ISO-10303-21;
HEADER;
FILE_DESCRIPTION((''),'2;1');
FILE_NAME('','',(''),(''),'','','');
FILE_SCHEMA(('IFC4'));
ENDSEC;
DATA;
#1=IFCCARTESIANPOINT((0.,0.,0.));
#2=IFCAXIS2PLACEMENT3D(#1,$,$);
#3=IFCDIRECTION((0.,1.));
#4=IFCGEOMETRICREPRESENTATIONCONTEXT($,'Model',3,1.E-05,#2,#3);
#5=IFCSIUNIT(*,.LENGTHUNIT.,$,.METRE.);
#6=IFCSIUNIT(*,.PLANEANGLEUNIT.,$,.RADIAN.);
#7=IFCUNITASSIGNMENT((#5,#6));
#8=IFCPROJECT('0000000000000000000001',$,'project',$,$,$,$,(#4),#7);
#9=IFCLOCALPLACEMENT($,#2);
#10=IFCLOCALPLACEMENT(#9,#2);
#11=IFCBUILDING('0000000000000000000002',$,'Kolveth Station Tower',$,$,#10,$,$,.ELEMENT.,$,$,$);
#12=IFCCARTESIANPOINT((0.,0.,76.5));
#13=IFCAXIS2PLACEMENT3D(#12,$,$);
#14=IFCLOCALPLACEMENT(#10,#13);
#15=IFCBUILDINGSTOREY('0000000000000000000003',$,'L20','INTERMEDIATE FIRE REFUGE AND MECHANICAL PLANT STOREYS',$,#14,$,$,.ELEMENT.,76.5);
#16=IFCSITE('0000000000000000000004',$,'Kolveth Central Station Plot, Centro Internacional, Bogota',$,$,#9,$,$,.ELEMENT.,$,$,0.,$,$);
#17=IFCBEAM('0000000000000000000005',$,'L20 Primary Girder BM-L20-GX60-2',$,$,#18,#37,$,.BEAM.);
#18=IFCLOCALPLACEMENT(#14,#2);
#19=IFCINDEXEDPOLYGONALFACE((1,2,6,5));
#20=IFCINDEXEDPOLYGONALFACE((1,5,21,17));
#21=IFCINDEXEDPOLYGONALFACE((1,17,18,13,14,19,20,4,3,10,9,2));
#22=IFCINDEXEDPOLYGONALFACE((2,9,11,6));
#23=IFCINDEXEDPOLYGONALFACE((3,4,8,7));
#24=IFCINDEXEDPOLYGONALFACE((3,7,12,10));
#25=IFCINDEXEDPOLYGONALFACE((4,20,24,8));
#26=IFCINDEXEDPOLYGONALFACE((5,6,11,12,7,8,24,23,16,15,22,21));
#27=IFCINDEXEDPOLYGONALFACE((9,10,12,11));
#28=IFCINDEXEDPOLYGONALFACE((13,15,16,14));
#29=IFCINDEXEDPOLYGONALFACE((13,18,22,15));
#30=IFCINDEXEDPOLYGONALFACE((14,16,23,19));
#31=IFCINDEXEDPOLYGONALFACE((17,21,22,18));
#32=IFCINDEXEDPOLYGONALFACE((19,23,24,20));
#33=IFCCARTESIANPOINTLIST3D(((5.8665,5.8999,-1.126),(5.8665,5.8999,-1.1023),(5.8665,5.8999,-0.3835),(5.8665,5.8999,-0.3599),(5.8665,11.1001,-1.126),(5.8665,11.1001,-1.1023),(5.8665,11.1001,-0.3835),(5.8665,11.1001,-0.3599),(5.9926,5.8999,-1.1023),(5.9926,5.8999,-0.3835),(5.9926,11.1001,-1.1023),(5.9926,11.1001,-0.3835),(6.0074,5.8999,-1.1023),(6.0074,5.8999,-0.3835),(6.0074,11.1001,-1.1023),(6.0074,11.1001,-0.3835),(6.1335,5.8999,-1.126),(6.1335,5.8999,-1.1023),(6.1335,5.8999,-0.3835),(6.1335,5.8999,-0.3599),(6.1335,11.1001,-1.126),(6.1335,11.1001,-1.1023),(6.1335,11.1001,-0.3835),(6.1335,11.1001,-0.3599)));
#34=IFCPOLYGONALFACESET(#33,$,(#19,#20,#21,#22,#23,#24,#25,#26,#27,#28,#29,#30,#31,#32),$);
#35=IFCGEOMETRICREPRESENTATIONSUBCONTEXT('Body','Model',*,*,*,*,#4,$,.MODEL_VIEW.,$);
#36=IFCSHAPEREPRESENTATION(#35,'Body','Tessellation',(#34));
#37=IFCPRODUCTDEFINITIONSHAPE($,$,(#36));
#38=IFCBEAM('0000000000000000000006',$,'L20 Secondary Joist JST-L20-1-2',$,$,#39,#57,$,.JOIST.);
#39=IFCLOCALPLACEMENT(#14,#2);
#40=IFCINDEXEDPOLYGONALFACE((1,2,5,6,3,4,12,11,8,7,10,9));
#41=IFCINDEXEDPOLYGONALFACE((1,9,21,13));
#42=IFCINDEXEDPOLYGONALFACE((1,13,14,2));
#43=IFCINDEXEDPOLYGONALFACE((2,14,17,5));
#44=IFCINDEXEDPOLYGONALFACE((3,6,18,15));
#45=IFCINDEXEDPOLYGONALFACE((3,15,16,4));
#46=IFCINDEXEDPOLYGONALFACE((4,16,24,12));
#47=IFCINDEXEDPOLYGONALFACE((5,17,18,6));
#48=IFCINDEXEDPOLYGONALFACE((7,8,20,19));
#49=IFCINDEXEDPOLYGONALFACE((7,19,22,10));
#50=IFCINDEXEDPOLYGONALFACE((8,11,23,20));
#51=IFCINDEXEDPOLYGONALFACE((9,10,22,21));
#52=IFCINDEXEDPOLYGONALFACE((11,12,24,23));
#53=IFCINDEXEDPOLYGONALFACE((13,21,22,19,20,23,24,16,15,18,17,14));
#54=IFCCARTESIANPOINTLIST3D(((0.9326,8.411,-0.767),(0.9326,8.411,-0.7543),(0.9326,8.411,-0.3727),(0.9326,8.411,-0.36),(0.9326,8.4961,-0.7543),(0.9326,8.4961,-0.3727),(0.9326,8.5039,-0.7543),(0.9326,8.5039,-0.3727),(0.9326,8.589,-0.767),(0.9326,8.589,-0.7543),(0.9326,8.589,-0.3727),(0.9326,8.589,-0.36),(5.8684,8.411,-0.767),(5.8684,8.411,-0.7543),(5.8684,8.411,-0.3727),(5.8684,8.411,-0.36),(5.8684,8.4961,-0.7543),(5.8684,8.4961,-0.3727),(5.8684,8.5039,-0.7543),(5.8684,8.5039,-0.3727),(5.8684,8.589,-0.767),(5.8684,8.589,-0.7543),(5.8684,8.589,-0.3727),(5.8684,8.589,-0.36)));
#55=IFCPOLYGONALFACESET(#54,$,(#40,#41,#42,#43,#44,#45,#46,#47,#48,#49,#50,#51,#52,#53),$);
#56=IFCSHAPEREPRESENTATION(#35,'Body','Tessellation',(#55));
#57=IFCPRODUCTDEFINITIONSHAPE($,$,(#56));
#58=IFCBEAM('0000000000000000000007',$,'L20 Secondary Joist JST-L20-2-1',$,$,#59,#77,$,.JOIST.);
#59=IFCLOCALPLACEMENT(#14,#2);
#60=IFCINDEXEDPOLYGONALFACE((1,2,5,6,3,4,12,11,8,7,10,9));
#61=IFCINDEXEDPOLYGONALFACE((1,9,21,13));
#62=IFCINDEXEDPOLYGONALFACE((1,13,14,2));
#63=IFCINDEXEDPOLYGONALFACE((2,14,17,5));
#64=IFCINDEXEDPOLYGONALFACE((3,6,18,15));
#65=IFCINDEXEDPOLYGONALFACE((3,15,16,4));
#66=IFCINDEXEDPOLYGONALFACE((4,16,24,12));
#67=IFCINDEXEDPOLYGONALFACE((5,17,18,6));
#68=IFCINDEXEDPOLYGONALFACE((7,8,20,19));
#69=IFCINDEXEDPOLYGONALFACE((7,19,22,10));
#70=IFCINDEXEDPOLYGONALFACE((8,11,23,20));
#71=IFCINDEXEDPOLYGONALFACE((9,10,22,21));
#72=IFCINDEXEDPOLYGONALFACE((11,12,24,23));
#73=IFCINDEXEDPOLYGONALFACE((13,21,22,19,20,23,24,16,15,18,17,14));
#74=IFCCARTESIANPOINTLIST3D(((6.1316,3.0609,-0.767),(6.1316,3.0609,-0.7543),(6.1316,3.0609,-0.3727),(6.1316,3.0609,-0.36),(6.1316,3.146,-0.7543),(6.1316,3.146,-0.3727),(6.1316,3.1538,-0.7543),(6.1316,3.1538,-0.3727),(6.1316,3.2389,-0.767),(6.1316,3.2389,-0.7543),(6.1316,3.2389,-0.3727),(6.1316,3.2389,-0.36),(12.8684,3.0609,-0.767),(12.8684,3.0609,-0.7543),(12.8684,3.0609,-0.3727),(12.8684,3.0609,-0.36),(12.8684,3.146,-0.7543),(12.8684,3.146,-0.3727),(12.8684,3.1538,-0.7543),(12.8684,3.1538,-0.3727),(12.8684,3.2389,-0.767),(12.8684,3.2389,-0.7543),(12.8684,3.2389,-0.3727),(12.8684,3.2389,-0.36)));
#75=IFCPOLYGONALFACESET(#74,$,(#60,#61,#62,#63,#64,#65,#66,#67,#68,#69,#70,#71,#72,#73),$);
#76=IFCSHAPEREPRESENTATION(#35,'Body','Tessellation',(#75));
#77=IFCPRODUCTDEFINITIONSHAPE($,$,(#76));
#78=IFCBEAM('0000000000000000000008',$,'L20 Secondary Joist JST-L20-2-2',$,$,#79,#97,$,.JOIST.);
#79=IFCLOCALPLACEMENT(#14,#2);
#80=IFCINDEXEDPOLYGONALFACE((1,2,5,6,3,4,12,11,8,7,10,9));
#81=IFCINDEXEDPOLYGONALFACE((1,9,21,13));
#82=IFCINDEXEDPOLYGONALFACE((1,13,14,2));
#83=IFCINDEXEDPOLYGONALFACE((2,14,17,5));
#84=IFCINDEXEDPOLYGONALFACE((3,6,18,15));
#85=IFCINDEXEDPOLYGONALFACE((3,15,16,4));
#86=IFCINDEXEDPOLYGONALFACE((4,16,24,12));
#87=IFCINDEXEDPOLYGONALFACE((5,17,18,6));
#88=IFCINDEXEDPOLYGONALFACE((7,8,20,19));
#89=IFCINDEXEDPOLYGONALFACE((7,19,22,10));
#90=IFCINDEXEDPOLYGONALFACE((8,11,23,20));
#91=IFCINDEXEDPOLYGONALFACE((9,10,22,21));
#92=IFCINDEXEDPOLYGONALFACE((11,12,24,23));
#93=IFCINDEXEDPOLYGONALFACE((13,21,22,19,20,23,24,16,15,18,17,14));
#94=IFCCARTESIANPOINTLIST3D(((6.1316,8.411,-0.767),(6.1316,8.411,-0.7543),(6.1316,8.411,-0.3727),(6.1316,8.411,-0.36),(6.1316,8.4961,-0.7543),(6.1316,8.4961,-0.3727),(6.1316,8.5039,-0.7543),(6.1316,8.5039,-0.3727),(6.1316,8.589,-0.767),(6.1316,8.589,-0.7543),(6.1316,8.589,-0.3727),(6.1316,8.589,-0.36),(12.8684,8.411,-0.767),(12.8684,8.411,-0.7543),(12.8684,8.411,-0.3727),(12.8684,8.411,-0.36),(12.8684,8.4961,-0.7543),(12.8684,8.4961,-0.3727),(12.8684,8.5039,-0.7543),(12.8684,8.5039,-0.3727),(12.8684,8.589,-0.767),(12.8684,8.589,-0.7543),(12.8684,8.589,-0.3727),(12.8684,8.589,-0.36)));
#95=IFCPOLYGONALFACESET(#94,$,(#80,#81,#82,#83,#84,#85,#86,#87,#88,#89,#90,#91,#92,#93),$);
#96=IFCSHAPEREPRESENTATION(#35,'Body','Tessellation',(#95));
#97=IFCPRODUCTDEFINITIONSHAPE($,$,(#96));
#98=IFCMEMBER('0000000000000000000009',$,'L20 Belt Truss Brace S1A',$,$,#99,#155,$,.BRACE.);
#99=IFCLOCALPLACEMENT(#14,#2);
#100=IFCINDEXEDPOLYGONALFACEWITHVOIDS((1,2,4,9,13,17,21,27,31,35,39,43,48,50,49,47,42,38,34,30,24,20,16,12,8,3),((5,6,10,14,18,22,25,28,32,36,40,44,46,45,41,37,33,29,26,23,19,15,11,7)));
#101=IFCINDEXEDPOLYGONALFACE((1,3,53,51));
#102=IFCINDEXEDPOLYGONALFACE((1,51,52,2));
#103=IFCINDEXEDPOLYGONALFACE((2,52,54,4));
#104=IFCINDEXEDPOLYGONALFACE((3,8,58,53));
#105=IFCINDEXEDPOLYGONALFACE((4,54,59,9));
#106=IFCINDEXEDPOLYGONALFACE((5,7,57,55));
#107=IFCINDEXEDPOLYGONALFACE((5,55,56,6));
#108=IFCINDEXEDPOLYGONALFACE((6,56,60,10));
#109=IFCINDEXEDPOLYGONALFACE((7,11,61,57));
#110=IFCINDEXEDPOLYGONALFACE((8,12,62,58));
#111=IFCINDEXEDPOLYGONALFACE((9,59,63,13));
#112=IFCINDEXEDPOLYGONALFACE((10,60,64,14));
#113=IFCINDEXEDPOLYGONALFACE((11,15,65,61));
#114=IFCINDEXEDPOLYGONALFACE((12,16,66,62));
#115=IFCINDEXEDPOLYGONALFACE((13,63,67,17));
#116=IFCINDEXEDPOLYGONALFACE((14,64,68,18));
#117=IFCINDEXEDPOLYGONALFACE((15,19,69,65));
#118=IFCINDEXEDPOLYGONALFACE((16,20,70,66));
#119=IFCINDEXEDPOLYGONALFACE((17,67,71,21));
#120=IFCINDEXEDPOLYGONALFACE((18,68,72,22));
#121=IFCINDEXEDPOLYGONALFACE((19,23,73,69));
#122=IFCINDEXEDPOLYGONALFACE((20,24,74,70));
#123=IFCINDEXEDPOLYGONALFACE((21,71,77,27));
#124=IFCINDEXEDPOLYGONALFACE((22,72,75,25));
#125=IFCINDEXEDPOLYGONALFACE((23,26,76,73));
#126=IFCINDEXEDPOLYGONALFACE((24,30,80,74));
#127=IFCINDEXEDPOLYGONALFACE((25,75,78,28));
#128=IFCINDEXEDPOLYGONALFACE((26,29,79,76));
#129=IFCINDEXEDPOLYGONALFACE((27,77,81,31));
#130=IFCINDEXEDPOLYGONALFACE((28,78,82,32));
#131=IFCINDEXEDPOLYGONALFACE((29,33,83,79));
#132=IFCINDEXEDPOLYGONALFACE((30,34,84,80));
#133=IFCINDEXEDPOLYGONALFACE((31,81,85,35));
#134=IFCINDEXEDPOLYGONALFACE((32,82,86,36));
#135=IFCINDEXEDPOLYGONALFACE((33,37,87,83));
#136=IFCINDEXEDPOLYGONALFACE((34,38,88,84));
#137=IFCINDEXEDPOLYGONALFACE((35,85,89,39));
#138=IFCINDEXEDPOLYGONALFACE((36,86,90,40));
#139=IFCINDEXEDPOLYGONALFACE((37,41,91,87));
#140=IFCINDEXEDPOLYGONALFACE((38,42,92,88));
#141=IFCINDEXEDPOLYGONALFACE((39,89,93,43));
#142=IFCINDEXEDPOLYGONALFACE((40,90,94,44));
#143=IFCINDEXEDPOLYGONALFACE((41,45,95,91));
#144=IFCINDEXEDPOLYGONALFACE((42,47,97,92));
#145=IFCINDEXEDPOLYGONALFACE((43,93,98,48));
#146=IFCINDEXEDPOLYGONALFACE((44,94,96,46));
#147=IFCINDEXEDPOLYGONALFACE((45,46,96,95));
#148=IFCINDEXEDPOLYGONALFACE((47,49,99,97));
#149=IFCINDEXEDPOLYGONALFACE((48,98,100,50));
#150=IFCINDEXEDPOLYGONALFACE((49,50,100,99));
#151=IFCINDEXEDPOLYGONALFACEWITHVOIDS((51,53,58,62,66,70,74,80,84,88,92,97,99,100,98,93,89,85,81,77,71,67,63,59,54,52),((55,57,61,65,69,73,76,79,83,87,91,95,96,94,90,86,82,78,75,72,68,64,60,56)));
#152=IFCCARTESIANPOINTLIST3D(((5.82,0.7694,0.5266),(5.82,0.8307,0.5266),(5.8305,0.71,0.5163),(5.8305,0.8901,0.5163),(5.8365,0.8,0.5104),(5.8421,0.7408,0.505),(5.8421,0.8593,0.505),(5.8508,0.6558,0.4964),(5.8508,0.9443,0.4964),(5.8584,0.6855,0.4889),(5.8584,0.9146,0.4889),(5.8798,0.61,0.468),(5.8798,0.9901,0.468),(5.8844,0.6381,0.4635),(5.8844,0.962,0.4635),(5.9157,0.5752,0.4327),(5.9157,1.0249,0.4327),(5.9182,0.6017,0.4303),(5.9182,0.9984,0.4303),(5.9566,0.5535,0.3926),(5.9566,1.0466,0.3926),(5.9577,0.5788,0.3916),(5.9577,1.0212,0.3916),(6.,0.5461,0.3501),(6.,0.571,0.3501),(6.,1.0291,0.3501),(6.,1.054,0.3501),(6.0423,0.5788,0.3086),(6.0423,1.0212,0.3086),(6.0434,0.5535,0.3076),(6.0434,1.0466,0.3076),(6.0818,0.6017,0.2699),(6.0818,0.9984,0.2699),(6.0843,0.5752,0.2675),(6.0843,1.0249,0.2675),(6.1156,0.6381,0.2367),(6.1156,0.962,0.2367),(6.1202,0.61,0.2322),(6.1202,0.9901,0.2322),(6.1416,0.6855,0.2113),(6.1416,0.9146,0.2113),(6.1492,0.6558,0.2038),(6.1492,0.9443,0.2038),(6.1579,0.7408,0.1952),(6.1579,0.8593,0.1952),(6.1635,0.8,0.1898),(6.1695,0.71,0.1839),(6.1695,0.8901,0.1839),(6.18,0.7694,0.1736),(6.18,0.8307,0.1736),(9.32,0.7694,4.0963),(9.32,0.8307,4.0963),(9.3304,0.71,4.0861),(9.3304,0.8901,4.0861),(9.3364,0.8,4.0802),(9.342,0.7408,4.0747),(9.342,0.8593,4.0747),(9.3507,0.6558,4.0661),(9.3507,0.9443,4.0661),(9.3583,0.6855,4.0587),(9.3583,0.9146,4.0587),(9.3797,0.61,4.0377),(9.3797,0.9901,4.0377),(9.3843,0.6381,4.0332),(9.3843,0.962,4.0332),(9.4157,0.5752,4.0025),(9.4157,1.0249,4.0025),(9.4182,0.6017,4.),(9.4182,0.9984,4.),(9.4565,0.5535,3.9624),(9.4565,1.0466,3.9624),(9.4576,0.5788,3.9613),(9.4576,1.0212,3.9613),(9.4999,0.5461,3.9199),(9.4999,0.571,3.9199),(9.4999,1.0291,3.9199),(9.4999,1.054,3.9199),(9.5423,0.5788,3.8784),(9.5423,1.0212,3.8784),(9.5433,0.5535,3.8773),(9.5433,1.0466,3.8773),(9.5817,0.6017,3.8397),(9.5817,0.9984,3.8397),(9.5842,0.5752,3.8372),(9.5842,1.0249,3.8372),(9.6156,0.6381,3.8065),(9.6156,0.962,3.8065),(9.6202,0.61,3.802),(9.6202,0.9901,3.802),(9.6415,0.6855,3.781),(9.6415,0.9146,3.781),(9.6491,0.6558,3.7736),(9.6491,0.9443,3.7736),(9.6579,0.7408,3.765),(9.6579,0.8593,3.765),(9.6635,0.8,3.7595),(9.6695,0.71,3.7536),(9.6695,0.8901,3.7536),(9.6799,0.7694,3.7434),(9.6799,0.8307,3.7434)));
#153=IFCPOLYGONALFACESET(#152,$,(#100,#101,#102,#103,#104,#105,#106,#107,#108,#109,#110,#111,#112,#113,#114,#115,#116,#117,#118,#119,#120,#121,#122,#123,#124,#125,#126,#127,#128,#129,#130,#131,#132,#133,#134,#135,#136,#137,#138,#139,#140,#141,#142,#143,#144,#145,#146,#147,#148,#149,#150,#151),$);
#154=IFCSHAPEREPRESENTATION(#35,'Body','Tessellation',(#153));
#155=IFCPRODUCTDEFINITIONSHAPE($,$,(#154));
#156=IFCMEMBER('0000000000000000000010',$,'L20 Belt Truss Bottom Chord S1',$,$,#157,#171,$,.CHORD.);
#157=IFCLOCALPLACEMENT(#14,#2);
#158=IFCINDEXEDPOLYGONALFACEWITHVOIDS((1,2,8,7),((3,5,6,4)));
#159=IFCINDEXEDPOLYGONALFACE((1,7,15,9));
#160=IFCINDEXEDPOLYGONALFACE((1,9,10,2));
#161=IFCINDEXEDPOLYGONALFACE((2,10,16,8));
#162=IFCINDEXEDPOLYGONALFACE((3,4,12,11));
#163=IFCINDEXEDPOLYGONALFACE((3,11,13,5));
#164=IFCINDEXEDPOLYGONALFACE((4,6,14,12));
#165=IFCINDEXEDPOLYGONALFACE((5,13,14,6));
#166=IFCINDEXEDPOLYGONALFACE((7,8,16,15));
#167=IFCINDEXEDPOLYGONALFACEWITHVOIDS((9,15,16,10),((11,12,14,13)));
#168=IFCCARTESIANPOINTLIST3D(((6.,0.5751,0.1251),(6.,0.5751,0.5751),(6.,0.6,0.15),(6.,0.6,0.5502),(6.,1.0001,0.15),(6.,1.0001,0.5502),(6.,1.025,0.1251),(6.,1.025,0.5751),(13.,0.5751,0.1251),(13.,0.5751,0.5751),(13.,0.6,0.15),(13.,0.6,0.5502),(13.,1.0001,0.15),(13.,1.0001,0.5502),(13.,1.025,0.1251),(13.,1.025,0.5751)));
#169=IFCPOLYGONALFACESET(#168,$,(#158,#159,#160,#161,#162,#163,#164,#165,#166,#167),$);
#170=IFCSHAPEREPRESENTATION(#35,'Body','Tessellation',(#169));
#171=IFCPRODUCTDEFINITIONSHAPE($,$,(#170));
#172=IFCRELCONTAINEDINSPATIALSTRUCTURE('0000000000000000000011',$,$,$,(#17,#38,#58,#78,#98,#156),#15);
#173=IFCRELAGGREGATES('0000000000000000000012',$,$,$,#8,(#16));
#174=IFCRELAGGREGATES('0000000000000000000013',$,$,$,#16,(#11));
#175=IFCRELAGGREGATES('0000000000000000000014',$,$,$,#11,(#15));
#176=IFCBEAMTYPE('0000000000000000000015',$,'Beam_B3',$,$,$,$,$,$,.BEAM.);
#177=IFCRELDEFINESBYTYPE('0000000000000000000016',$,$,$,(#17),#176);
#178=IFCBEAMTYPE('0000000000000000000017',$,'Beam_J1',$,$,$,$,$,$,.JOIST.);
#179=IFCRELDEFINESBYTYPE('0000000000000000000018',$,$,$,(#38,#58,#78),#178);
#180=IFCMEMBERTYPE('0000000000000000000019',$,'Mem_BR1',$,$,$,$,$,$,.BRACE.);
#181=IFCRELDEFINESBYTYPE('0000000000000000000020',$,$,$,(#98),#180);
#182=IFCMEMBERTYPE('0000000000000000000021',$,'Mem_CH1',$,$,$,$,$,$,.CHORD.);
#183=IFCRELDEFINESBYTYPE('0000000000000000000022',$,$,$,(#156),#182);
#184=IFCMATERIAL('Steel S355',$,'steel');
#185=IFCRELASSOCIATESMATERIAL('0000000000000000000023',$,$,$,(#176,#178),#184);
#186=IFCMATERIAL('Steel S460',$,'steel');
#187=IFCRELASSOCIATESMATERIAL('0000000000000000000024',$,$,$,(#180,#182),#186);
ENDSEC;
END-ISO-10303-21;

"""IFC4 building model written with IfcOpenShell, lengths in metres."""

from ifc_helpers import new_model, si_unit, direction, frame, origin, origin_2d, place, context, subcontext, project, spatial, hollow_rectangle, hollow_circle, i_section, extrude, source, transform, mapped, material, material_profile, profile_set, type_object, element, save


model = new_model("IFC4")

# Units and contexts
model_context = context("Model", 3, precision=1e-05, world=origin(), true_north=direction((0.0, 1.0)))
body_context = subcontext(model_context, "Body", "Model", "MODEL_VIEW")
ifc_project = project(units=[si_unit("LENGTHUNIT", "METRE"), si_unit("PLANEANGLEUNIT", "RADIAN")], contexts=[model_context])

# Site, building, storey
site_placement = place(None, origin())
site = spatial("IfcSite", under=ifc_project, at=site_placement, Name="Kolveth Central Station Plot, Centro Internacional, Bogota", CompositionType="ELEMENT", RefElevation=0.0)
building_placement = place(site_placement, origin())
building = spatial("IfcBuilding", under=site, at=building_placement, Name="Kolveth Station Tower", CompositionType="ELEMENT")
storey_placement = place(building_placement, frame((0.0, 0.0, 76.5)))
storey = spatial("IfcBuildingStorey", under=building, at=storey_placement, Name="L20", Description="INTERMEDIATE FIRE REFUGE AND MECHANICAL PLANT STOREYS", CompositionType="ELEMENT", Elevation=76.5)

# Shared definitions
ifc_material_1 = material(Name="Steel S460", Category="steel")
ifc_material_2 = material(Name="Steel S355", Category="steel")

# Beams
ifc_material_profile_1 = material_profile(ifc_material_2, i_section(OverallWidth=0.2671, OverallDepth=0.7661, WebThickness=0.0149, FlangeThickness=0.0237, at=origin_2d()), Name="W760x185")
ifc_profile_set_1 = profile_set([ifc_material_profile_1], Name="Steel S355")
beam_type_1 = type_object("IfcBeamType", Name="Beam_B3", PredefinedType="BEAM", material=ifc_profile_set_1)
shared_shape_1 = source(origin(), body_context, "Body", "SweptSolid", [
    extrude(i_section(OverallWidth=0.2671, OverallDepth=0.7661, WebThickness=0.0149, FlangeThickness=0.0237, at=origin_2d()), origin(), (0.0, 0.0, 1.0), 5.2002),
])
beam_1_placement = place(storey_placement, frame((6.0, 5.8999, -0.7429), z_axis=(0.0, 1.0, 0.0), x_axis=(-1.0, 0.0, 0.0)))
element("IfcBeam", 1, at=beam_1_placement, inside=storey, type_object=beam_type_1, Name="L20 Primary Girder BM-L20-GX60-2", PredefinedType="BEAM", context=body_context, shape_type="MappedRepresentation", body=[
    mapped(shared_shape_1, transform((0.0, 0.0, 0.0), x_axis=(1.0, 0.0, 0.0), y_axis=(0.0, 1.0, 0.0), z_axis=(0.0, 0.0, 1.0), scale=1.0)),
])
ifc_material_profile_2 = material_profile(ifc_material_2, i_section(OverallWidth=0.178, OverallDepth=0.407, WebThickness=0.0078, FlangeThickness=0.0127, at=origin_2d()), Name="W410x60")
ifc_profile_set_2 = profile_set([ifc_material_profile_2], Name="Steel S355")
beam_type_2 = type_object("IfcBeamType", Name="Beam_J1", PredefinedType="JOIST", material=ifc_profile_set_2)
shared_shape_2 = source(origin(), body_context, "Body", "SweptSolid", [
    extrude(i_section(OverallWidth=0.178, OverallDepth=0.407, WebThickness=0.0078, FlangeThickness=0.0127, at=origin_2d()), origin(), (0.0, 0.0, 1.0), 4.9358),
])
beam_2_placement = place(storey_placement, frame((0.9326, 8.5, -0.5635), z_axis=(1.0, 0.0, 0.0), x_axis=(0.0, 1.0, 0.0)))
element("IfcBeam", 2, at=beam_2_placement, inside=storey, type_object=beam_type_2, Name="L20 Secondary Joist JST-L20-1-2", PredefinedType="JOIST", context=body_context, shape_type="MappedRepresentation", body=[
    mapped(shared_shape_2, transform((0.0, 0.0, 0.0), x_axis=(1.0, 0.0, 0.0), y_axis=(0.0, 1.0, 0.0), z_axis=(0.0, 0.0, 1.0), scale=1.0)),
])
shared_shape_3 = source(origin(), body_context, "Body", "SweptSolid", [
    extrude(i_section(OverallWidth=0.178, OverallDepth=0.407, WebThickness=0.0078, FlangeThickness=0.0127, at=origin_2d()), origin(), (0.0, 0.0, 1.0), 6.7368),
])
for number, where, z_axis, x_axis, name in (
    (3, (6.1316, 3.1499, -0.5635), (1.0, 0.0, 0.0), (0.0, 1.0, 0.0), "L20 Secondary Joist JST-L20-2-1"),
    (4, (6.1316, 8.5, -0.5635), (1.0, 0.0, 0.0), (0.0, 1.0, 0.0), "L20 Secondary Joist JST-L20-2-2"),
):
    element("IfcBeam", number, at=place(storey_placement, frame(where, z_axis=z_axis, x_axis=x_axis)), inside=storey, type_object=beam_type_2, Name=name, PredefinedType="JOIST", context=body_context, shape_type="MappedRepresentation", body=[
        mapped(shared_shape_3, transform((0.0, 0.0, 0.0), x_axis=(1.0, 0.0, 0.0), y_axis=(0.0, 1.0, 0.0), z_axis=(0.0, 0.0, 1.0), scale=1.0)),
    ])

# Members
ifc_material_profile_3 = material_profile(ifc_material_1, hollow_circle(Radius=0.2539, WallThickness=0.0249, at=origin_2d()), Name="CHS508x25")
ifc_profile_set_3 = profile_set([ifc_material_profile_3], Name="Steel S460")
member_type_1 = type_object("IfcMemberType", Name="Mem_BR1", PredefinedType="BRACE", material=ifc_profile_set_3)
shared_shape_4 = source(origin(), body_context, "Body", "SweptSolid", [
    extrude(hollow_circle(Radius=0.2539, WallThickness=0.0249, at=origin_2d()), origin(), (0.0, 0.0, 1.0), 4.9993),
])
member_1_placement = place(storey_placement, frame((6.0, 0.8, 0.3501), z_axis=(0.700089, 0.0, 0.714056), x_axis=(0.0, 1.0, 0.0)))
element("IfcMember", 5, at=member_1_placement, inside=storey, type_object=member_type_1, Name="L20 Belt Truss Brace S1A", PredefinedType="BRACE", context=body_context, shape_type="MappedRepresentation", body=[
    mapped(shared_shape_4, transform((0.0, 0.0, 0.0), x_axis=(1.0, 0.0, 0.0), y_axis=(0.0, 1.0, 0.0), z_axis=(0.0, 0.0, 1.0), scale=1.0)),
])
ifc_material_profile_4 = material_profile(ifc_material_1, hollow_rectangle(XDim=0.45, YDim=0.45, WallThickness=0.0249, at=origin_2d()), Name="HSS450x450x25")
ifc_profile_set_4 = profile_set([ifc_material_profile_4], Name="Steel S460")
member_type_2 = type_object("IfcMemberType", Name="Mem_CH1", PredefinedType="CHORD", material=ifc_profile_set_4)
shared_shape_5 = source(origin(), body_context, "Body", "SweptSolid", [
    extrude(hollow_rectangle(XDim=0.45, YDim=0.45, WallThickness=0.0249, at=origin_2d()), origin(), (0.0, 0.0, 1.0), 7.0),
])
member_2_placement = place(storey_placement, frame((6.0, 0.8, 0.3501), z_axis=(1.0, 0.0, 0.0), x_axis=(0.0, 1.0, 0.0)))
element("IfcMember", 6, at=member_2_placement, inside=storey, type_object=member_type_2, Name="L20 Belt Truss Bottom Chord S1", PredefinedType="CHORD", context=body_context, shape_type="MappedRepresentation", body=[
    mapped(shared_shape_5, transform((0.0, 0.0, 0.0), x_axis=(1.0, 0.0, 0.0), y_axis=(0.0, 1.0, 0.0), z_axis=(0.0, 0.0, 1.0), scale=1.0)),
])

save(model, "model.ifc")
